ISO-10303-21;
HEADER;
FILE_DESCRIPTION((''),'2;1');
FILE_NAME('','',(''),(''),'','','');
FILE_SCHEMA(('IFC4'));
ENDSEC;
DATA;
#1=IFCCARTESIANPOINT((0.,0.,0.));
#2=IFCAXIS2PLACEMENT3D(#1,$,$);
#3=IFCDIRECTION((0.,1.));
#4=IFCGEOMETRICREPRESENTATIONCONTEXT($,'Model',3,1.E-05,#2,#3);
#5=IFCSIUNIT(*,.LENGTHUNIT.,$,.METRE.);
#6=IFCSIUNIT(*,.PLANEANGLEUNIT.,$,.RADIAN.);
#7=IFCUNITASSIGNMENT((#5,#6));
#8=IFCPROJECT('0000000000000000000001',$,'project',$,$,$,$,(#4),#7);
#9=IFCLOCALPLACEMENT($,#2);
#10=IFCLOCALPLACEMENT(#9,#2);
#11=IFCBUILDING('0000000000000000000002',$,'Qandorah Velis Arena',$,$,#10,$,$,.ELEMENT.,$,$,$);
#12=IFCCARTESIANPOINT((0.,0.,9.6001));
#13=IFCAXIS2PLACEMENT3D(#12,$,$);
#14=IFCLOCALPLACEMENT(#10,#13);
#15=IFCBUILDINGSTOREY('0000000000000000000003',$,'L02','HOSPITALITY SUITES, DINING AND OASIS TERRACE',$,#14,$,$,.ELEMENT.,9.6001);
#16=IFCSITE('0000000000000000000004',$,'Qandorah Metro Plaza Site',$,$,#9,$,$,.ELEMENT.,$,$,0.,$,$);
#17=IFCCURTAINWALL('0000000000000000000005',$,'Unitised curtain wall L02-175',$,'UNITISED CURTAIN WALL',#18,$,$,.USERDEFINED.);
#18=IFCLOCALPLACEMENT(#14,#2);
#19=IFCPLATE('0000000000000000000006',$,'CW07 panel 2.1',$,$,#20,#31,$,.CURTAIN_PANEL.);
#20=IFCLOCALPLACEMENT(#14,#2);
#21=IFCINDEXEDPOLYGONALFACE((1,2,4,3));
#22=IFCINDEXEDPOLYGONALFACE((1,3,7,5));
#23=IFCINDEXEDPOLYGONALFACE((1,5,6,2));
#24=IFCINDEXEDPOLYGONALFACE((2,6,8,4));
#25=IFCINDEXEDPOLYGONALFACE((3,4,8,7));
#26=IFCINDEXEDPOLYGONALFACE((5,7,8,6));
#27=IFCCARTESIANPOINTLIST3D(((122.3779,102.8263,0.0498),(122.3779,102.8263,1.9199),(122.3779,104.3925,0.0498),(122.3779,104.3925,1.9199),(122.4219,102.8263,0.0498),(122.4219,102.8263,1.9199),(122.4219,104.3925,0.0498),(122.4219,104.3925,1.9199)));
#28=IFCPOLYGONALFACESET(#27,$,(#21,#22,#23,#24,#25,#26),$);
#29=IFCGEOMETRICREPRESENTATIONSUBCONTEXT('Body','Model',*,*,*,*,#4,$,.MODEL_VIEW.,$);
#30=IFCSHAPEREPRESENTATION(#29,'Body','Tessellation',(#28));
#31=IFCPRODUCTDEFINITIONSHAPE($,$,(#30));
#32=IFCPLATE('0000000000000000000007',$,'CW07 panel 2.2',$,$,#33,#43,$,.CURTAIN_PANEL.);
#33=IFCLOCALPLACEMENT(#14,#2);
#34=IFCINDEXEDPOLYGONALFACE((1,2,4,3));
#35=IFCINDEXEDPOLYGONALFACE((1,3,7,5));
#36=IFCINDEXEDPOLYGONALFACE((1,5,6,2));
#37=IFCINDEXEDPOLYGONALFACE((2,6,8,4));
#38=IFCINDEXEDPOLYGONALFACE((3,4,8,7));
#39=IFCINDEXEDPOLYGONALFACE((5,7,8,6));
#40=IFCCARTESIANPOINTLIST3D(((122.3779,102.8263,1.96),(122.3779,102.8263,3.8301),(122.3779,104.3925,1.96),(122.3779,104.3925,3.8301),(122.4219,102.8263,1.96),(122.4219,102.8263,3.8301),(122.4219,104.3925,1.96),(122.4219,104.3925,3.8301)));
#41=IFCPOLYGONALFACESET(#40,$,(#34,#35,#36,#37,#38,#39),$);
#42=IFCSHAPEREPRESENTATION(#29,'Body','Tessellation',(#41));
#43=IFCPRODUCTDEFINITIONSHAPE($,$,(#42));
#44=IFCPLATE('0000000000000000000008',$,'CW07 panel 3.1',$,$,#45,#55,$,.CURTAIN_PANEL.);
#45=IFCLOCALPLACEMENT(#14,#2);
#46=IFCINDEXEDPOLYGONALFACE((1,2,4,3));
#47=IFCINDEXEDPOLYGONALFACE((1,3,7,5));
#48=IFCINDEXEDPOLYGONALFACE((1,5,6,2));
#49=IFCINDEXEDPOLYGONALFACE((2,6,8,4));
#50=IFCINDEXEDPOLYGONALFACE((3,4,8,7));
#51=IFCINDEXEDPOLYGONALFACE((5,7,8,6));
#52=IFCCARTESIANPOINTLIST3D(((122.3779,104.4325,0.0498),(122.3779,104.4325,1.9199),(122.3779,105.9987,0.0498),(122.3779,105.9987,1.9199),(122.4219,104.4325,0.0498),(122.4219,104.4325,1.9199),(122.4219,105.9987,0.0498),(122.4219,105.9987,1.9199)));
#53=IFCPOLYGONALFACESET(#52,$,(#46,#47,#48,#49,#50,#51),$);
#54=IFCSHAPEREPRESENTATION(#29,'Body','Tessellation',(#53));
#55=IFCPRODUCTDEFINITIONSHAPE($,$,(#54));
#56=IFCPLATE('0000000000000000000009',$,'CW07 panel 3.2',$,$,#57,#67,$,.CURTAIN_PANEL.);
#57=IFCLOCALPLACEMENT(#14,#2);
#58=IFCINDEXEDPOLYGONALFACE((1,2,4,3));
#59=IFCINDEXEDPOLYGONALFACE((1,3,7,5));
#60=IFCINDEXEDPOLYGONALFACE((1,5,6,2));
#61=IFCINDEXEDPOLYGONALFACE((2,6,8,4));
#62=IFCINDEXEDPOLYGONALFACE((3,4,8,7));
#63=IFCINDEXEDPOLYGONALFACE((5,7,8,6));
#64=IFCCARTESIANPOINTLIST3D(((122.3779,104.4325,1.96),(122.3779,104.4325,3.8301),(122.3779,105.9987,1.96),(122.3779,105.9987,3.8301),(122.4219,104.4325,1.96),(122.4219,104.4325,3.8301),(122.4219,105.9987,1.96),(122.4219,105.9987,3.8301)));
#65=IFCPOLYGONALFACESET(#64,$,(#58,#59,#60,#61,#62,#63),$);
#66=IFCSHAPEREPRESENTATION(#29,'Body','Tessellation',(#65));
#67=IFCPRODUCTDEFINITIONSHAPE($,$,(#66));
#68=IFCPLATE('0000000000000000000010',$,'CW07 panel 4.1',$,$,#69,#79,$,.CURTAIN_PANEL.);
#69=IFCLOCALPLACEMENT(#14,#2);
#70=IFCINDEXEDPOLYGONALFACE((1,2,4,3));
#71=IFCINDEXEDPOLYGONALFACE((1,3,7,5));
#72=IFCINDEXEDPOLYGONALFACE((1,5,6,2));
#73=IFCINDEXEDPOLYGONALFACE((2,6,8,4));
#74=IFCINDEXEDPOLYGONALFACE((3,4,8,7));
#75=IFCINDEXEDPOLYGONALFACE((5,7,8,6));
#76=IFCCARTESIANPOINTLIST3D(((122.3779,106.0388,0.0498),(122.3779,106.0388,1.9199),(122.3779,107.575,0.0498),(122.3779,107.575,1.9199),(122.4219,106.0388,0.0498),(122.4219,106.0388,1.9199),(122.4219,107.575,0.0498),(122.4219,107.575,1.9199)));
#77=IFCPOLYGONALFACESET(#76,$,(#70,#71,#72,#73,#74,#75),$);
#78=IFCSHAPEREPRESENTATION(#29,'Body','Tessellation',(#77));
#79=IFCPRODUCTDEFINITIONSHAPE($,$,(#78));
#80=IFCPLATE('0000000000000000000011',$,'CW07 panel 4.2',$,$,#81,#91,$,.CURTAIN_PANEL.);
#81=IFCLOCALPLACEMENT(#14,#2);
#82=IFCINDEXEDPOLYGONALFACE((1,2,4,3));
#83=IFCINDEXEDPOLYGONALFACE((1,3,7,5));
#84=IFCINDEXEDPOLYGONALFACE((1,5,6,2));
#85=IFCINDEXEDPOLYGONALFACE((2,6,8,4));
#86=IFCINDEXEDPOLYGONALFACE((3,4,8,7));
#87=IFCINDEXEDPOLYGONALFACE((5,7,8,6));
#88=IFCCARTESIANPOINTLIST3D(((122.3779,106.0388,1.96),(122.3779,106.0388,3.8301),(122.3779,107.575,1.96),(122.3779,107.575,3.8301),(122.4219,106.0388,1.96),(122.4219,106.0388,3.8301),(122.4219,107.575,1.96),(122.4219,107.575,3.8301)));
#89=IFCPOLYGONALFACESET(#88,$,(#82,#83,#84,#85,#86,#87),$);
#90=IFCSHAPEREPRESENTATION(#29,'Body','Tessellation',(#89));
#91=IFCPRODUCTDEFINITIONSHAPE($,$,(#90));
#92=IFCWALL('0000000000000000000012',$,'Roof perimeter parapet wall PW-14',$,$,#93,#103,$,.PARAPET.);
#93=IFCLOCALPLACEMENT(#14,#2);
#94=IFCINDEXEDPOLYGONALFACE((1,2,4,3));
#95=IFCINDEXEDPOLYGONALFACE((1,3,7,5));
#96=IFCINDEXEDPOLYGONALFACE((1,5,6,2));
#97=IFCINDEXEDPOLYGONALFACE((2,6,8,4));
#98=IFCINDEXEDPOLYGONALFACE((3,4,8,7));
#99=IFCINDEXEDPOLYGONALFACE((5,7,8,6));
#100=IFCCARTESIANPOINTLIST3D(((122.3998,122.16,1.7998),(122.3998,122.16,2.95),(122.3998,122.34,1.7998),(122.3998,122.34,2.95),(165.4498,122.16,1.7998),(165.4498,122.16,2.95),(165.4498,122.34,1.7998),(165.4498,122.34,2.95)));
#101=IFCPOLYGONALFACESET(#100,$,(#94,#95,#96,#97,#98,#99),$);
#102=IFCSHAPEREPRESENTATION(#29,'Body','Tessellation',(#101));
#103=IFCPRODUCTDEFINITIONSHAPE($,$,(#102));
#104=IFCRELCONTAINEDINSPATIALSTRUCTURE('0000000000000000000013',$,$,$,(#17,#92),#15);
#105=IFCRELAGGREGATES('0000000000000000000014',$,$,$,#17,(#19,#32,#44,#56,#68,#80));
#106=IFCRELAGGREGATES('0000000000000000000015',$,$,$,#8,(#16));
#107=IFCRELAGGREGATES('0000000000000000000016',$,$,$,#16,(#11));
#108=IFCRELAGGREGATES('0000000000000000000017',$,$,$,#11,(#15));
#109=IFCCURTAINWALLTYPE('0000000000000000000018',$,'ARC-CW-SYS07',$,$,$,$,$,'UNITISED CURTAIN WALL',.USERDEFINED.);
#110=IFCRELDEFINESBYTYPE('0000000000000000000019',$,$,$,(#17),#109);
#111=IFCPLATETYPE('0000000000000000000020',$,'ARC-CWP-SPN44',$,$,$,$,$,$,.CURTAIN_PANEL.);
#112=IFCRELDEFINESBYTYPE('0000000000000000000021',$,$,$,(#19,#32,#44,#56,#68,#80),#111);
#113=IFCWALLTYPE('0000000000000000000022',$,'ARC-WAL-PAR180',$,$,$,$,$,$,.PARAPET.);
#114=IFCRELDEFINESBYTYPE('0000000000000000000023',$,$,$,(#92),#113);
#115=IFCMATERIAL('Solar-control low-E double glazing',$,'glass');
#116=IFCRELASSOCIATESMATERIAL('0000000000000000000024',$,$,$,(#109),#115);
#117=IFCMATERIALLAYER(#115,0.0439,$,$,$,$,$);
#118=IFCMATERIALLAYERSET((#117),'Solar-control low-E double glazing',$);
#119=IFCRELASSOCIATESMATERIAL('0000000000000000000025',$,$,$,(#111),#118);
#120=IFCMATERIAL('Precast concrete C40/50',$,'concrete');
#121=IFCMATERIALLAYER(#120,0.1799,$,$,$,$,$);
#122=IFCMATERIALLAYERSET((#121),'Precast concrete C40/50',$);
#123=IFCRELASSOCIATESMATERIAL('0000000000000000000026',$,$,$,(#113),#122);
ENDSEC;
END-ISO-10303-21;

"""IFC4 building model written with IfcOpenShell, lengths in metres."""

from ifc_helpers import new_model, si_unit, direction, frame, frame_2d, origin, origin_2d, place, context, subcontext, project, spatial, rectangle, extrude, material, layer, layer_set, type_object, element, aggregate, save


model = new_model("IFC4")

# Units and contexts
model_context = context("Model", 3, precision=1e-05, world=origin(), true_north=direction((0.0, 1.0)))
body_context = subcontext(model_context, "Body", "Model", "MODEL_VIEW")
ifc_project = project(units=[si_unit("LENGTHUNIT", "METRE"), si_unit("PLANEANGLEUNIT", "RADIAN")], contexts=[model_context])

# Site, building, storey
site_placement = place(None, origin())
site = spatial("IfcSite", under=ifc_project, at=site_placement, Name="Qandorah Metro Plaza Site", CompositionType="ELEMENT", RefElevation=0.0)
building_placement = place(site_placement, origin())
building = spatial("IfcBuilding", under=site, at=building_placement, Name="Qandorah Velis Arena", CompositionType="ELEMENT")
storey_placement = place(building_placement, frame((0.0, 0.0, 9.6001)))
storey = spatial("IfcBuildingStorey", under=building, at=storey_placement, Name="L02", Description="HOSPITALITY SUITES, DINING AND OASIS TERRACE", CompositionType="ELEMENT", Elevation=9.6001)

# Curtain wall
ifc_material_1 = material(Name="Solar-control low-E double glazing", Category="glass")
curtain_wall_type_1 = type_object("IfcCurtainWallType", Name="ARC-CW-SYS07", ElementType="UNITISED CURTAIN WALL", PredefinedType="USERDEFINED", material=ifc_material_1)
curtain_wall_1_placement = place(storey_placement, origin())
curtain_wall_1 = element("IfcCurtainWall", 1, at=curtain_wall_1_placement, inside=storey, type_object=curtain_wall_type_1, Name="Unitised curtain wall L02-175", ObjectType="UNITISED CURTAIN WALL", PredefinedType="USERDEFINED")

# Plates
ifc_layer_1 = layer(ifc_material_1, 0.0439)
ifc_layer_set_1 = layer_set([ifc_layer_1], Name="Solar-control low-E double glazing")
plate_type_1 = type_object("IfcPlateType", Name="ARC-CWP-SPN44", PredefinedType="CURTAIN_PANEL", material=ifc_layer_set_1)
plate_1_placement = place(storey_placement, frame((122.3999, 103.6094, 0.0498), z_axis=(0.0, 0.0, 1.0), x_axis=(0.0, 1.0, 0.0)))
plate_1 = element("IfcPlate", 2, at=plate_1_placement, type_object=plate_type_1, Name="CW07 panel 2.1", PredefinedType="CURTAIN_PANEL", context=body_context, shape_type="SweptSolid", body=[
    extrude(rectangle(XDim=1.5662, YDim=0.0439, at=origin_2d()), origin(), (0.0, 0.0, 1.0), 1.8701),
])
plate_2_placement = place(storey_placement, frame((122.3999, 103.6094, 1.96), z_axis=(0.0, 0.0, 1.0), x_axis=(0.0, 1.0, 0.0)))
plate_2 = element("IfcPlate", 3, at=plate_2_placement, type_object=plate_type_1, Name="CW07 panel 2.2", PredefinedType="CURTAIN_PANEL", context=body_context, shape_type="SweptSolid", body=[
    extrude(rectangle(XDim=1.5662, YDim=0.0439, at=origin_2d()), origin(), (0.0, 0.0, 1.0), 1.8701),
])
plate_3_placement = place(storey_placement, frame((122.3999, 105.2156, 0.0498), z_axis=(0.0, 0.0, 1.0), x_axis=(0.0, 1.0, 0.0)))
plate_3 = element("IfcPlate", 4, at=plate_3_placement, type_object=plate_type_1, Name="CW07 panel 3.1", PredefinedType="CURTAIN_PANEL", context=body_context, shape_type="SweptSolid", body=[
    extrude(rectangle(XDim=1.5662, YDim=0.0439, at=origin_2d()), origin(), (0.0, 0.0, 1.0), 1.8701),
])
plate_4_placement = place(storey_placement, frame((122.3999, 105.2156, 1.96), z_axis=(0.0, 0.0, 1.0), x_axis=(0.0, 1.0, 0.0)))
plate_4 = element("IfcPlate", 5, at=plate_4_placement, type_object=plate_type_1, Name="CW07 panel 3.2", PredefinedType="CURTAIN_PANEL", context=body_context, shape_type="SweptSolid", body=[
    extrude(rectangle(XDim=1.5662, YDim=0.0439, at=origin_2d()), origin(), (0.0, 0.0, 1.0), 1.8701),
])
plate_5_placement = place(storey_placement, frame((122.3999, 106.8069, 0.0498), z_axis=(0.0, 0.0, 1.0), x_axis=(0.0, 1.0, 0.0)))
plate_5 = element("IfcPlate", 6, at=plate_5_placement, type_object=plate_type_1, Name="CW07 panel 4.1", PredefinedType="CURTAIN_PANEL", context=body_context, shape_type="SweptSolid", body=[
    extrude(rectangle(XDim=1.5361, YDim=0.0439, at=origin_2d()), origin(), (0.0, 0.0, 1.0), 1.8701),
])
plate_6_placement = place(storey_placement, frame((122.3999, 106.8069, 1.96), z_axis=(0.0, 0.0, 1.0), x_axis=(0.0, 1.0, 0.0)))
plate_6 = element("IfcPlate", 7, at=plate_6_placement, type_object=plate_type_1, Name="CW07 panel 4.2", PredefinedType="CURTAIN_PANEL", context=body_context, shape_type="SweptSolid", body=[
    extrude(rectangle(XDim=1.5361, YDim=0.0439, at=origin_2d()), origin(), (0.0, 0.0, 1.0), 1.8701),
])
aggregate(curtain_wall_1, [plate_1, plate_2, plate_3, plate_4, plate_5, plate_6])

# Wall
ifc_material_2 = material(Name="Precast concrete C40/50", Category="concrete")
ifc_layer_2 = layer(ifc_material_2, 0.1799)
ifc_layer_set_2 = layer_set([ifc_layer_2], Name="Precast concrete C40/50")
wall_type = type_object("IfcWallType", Name="ARC-WAL-PAR180", PredefinedType="PARAPET", material=ifc_layer_set_2)
wall_placement = place(storey_placement, frame((122.3999, 122.25, 1.7998), z_axis=(0.0, 0.0, 1.0), x_axis=(1.0, 0.0, 0.0)))
element("IfcWall", 8, at=wall_placement, inside=storey, type_object=wall_type, Name="Roof perimeter parapet wall PW-14", PredefinedType="PARAPET", context=body_context, shape_type="SweptSolid", body=[
    extrude(rectangle(XDim=43.05, YDim=0.1799, at=frame_2d((21.5249, 0.0))), origin(), (0.0, 0.0, 1.0), 1.1501),
])

save(model, "model.ifc")
